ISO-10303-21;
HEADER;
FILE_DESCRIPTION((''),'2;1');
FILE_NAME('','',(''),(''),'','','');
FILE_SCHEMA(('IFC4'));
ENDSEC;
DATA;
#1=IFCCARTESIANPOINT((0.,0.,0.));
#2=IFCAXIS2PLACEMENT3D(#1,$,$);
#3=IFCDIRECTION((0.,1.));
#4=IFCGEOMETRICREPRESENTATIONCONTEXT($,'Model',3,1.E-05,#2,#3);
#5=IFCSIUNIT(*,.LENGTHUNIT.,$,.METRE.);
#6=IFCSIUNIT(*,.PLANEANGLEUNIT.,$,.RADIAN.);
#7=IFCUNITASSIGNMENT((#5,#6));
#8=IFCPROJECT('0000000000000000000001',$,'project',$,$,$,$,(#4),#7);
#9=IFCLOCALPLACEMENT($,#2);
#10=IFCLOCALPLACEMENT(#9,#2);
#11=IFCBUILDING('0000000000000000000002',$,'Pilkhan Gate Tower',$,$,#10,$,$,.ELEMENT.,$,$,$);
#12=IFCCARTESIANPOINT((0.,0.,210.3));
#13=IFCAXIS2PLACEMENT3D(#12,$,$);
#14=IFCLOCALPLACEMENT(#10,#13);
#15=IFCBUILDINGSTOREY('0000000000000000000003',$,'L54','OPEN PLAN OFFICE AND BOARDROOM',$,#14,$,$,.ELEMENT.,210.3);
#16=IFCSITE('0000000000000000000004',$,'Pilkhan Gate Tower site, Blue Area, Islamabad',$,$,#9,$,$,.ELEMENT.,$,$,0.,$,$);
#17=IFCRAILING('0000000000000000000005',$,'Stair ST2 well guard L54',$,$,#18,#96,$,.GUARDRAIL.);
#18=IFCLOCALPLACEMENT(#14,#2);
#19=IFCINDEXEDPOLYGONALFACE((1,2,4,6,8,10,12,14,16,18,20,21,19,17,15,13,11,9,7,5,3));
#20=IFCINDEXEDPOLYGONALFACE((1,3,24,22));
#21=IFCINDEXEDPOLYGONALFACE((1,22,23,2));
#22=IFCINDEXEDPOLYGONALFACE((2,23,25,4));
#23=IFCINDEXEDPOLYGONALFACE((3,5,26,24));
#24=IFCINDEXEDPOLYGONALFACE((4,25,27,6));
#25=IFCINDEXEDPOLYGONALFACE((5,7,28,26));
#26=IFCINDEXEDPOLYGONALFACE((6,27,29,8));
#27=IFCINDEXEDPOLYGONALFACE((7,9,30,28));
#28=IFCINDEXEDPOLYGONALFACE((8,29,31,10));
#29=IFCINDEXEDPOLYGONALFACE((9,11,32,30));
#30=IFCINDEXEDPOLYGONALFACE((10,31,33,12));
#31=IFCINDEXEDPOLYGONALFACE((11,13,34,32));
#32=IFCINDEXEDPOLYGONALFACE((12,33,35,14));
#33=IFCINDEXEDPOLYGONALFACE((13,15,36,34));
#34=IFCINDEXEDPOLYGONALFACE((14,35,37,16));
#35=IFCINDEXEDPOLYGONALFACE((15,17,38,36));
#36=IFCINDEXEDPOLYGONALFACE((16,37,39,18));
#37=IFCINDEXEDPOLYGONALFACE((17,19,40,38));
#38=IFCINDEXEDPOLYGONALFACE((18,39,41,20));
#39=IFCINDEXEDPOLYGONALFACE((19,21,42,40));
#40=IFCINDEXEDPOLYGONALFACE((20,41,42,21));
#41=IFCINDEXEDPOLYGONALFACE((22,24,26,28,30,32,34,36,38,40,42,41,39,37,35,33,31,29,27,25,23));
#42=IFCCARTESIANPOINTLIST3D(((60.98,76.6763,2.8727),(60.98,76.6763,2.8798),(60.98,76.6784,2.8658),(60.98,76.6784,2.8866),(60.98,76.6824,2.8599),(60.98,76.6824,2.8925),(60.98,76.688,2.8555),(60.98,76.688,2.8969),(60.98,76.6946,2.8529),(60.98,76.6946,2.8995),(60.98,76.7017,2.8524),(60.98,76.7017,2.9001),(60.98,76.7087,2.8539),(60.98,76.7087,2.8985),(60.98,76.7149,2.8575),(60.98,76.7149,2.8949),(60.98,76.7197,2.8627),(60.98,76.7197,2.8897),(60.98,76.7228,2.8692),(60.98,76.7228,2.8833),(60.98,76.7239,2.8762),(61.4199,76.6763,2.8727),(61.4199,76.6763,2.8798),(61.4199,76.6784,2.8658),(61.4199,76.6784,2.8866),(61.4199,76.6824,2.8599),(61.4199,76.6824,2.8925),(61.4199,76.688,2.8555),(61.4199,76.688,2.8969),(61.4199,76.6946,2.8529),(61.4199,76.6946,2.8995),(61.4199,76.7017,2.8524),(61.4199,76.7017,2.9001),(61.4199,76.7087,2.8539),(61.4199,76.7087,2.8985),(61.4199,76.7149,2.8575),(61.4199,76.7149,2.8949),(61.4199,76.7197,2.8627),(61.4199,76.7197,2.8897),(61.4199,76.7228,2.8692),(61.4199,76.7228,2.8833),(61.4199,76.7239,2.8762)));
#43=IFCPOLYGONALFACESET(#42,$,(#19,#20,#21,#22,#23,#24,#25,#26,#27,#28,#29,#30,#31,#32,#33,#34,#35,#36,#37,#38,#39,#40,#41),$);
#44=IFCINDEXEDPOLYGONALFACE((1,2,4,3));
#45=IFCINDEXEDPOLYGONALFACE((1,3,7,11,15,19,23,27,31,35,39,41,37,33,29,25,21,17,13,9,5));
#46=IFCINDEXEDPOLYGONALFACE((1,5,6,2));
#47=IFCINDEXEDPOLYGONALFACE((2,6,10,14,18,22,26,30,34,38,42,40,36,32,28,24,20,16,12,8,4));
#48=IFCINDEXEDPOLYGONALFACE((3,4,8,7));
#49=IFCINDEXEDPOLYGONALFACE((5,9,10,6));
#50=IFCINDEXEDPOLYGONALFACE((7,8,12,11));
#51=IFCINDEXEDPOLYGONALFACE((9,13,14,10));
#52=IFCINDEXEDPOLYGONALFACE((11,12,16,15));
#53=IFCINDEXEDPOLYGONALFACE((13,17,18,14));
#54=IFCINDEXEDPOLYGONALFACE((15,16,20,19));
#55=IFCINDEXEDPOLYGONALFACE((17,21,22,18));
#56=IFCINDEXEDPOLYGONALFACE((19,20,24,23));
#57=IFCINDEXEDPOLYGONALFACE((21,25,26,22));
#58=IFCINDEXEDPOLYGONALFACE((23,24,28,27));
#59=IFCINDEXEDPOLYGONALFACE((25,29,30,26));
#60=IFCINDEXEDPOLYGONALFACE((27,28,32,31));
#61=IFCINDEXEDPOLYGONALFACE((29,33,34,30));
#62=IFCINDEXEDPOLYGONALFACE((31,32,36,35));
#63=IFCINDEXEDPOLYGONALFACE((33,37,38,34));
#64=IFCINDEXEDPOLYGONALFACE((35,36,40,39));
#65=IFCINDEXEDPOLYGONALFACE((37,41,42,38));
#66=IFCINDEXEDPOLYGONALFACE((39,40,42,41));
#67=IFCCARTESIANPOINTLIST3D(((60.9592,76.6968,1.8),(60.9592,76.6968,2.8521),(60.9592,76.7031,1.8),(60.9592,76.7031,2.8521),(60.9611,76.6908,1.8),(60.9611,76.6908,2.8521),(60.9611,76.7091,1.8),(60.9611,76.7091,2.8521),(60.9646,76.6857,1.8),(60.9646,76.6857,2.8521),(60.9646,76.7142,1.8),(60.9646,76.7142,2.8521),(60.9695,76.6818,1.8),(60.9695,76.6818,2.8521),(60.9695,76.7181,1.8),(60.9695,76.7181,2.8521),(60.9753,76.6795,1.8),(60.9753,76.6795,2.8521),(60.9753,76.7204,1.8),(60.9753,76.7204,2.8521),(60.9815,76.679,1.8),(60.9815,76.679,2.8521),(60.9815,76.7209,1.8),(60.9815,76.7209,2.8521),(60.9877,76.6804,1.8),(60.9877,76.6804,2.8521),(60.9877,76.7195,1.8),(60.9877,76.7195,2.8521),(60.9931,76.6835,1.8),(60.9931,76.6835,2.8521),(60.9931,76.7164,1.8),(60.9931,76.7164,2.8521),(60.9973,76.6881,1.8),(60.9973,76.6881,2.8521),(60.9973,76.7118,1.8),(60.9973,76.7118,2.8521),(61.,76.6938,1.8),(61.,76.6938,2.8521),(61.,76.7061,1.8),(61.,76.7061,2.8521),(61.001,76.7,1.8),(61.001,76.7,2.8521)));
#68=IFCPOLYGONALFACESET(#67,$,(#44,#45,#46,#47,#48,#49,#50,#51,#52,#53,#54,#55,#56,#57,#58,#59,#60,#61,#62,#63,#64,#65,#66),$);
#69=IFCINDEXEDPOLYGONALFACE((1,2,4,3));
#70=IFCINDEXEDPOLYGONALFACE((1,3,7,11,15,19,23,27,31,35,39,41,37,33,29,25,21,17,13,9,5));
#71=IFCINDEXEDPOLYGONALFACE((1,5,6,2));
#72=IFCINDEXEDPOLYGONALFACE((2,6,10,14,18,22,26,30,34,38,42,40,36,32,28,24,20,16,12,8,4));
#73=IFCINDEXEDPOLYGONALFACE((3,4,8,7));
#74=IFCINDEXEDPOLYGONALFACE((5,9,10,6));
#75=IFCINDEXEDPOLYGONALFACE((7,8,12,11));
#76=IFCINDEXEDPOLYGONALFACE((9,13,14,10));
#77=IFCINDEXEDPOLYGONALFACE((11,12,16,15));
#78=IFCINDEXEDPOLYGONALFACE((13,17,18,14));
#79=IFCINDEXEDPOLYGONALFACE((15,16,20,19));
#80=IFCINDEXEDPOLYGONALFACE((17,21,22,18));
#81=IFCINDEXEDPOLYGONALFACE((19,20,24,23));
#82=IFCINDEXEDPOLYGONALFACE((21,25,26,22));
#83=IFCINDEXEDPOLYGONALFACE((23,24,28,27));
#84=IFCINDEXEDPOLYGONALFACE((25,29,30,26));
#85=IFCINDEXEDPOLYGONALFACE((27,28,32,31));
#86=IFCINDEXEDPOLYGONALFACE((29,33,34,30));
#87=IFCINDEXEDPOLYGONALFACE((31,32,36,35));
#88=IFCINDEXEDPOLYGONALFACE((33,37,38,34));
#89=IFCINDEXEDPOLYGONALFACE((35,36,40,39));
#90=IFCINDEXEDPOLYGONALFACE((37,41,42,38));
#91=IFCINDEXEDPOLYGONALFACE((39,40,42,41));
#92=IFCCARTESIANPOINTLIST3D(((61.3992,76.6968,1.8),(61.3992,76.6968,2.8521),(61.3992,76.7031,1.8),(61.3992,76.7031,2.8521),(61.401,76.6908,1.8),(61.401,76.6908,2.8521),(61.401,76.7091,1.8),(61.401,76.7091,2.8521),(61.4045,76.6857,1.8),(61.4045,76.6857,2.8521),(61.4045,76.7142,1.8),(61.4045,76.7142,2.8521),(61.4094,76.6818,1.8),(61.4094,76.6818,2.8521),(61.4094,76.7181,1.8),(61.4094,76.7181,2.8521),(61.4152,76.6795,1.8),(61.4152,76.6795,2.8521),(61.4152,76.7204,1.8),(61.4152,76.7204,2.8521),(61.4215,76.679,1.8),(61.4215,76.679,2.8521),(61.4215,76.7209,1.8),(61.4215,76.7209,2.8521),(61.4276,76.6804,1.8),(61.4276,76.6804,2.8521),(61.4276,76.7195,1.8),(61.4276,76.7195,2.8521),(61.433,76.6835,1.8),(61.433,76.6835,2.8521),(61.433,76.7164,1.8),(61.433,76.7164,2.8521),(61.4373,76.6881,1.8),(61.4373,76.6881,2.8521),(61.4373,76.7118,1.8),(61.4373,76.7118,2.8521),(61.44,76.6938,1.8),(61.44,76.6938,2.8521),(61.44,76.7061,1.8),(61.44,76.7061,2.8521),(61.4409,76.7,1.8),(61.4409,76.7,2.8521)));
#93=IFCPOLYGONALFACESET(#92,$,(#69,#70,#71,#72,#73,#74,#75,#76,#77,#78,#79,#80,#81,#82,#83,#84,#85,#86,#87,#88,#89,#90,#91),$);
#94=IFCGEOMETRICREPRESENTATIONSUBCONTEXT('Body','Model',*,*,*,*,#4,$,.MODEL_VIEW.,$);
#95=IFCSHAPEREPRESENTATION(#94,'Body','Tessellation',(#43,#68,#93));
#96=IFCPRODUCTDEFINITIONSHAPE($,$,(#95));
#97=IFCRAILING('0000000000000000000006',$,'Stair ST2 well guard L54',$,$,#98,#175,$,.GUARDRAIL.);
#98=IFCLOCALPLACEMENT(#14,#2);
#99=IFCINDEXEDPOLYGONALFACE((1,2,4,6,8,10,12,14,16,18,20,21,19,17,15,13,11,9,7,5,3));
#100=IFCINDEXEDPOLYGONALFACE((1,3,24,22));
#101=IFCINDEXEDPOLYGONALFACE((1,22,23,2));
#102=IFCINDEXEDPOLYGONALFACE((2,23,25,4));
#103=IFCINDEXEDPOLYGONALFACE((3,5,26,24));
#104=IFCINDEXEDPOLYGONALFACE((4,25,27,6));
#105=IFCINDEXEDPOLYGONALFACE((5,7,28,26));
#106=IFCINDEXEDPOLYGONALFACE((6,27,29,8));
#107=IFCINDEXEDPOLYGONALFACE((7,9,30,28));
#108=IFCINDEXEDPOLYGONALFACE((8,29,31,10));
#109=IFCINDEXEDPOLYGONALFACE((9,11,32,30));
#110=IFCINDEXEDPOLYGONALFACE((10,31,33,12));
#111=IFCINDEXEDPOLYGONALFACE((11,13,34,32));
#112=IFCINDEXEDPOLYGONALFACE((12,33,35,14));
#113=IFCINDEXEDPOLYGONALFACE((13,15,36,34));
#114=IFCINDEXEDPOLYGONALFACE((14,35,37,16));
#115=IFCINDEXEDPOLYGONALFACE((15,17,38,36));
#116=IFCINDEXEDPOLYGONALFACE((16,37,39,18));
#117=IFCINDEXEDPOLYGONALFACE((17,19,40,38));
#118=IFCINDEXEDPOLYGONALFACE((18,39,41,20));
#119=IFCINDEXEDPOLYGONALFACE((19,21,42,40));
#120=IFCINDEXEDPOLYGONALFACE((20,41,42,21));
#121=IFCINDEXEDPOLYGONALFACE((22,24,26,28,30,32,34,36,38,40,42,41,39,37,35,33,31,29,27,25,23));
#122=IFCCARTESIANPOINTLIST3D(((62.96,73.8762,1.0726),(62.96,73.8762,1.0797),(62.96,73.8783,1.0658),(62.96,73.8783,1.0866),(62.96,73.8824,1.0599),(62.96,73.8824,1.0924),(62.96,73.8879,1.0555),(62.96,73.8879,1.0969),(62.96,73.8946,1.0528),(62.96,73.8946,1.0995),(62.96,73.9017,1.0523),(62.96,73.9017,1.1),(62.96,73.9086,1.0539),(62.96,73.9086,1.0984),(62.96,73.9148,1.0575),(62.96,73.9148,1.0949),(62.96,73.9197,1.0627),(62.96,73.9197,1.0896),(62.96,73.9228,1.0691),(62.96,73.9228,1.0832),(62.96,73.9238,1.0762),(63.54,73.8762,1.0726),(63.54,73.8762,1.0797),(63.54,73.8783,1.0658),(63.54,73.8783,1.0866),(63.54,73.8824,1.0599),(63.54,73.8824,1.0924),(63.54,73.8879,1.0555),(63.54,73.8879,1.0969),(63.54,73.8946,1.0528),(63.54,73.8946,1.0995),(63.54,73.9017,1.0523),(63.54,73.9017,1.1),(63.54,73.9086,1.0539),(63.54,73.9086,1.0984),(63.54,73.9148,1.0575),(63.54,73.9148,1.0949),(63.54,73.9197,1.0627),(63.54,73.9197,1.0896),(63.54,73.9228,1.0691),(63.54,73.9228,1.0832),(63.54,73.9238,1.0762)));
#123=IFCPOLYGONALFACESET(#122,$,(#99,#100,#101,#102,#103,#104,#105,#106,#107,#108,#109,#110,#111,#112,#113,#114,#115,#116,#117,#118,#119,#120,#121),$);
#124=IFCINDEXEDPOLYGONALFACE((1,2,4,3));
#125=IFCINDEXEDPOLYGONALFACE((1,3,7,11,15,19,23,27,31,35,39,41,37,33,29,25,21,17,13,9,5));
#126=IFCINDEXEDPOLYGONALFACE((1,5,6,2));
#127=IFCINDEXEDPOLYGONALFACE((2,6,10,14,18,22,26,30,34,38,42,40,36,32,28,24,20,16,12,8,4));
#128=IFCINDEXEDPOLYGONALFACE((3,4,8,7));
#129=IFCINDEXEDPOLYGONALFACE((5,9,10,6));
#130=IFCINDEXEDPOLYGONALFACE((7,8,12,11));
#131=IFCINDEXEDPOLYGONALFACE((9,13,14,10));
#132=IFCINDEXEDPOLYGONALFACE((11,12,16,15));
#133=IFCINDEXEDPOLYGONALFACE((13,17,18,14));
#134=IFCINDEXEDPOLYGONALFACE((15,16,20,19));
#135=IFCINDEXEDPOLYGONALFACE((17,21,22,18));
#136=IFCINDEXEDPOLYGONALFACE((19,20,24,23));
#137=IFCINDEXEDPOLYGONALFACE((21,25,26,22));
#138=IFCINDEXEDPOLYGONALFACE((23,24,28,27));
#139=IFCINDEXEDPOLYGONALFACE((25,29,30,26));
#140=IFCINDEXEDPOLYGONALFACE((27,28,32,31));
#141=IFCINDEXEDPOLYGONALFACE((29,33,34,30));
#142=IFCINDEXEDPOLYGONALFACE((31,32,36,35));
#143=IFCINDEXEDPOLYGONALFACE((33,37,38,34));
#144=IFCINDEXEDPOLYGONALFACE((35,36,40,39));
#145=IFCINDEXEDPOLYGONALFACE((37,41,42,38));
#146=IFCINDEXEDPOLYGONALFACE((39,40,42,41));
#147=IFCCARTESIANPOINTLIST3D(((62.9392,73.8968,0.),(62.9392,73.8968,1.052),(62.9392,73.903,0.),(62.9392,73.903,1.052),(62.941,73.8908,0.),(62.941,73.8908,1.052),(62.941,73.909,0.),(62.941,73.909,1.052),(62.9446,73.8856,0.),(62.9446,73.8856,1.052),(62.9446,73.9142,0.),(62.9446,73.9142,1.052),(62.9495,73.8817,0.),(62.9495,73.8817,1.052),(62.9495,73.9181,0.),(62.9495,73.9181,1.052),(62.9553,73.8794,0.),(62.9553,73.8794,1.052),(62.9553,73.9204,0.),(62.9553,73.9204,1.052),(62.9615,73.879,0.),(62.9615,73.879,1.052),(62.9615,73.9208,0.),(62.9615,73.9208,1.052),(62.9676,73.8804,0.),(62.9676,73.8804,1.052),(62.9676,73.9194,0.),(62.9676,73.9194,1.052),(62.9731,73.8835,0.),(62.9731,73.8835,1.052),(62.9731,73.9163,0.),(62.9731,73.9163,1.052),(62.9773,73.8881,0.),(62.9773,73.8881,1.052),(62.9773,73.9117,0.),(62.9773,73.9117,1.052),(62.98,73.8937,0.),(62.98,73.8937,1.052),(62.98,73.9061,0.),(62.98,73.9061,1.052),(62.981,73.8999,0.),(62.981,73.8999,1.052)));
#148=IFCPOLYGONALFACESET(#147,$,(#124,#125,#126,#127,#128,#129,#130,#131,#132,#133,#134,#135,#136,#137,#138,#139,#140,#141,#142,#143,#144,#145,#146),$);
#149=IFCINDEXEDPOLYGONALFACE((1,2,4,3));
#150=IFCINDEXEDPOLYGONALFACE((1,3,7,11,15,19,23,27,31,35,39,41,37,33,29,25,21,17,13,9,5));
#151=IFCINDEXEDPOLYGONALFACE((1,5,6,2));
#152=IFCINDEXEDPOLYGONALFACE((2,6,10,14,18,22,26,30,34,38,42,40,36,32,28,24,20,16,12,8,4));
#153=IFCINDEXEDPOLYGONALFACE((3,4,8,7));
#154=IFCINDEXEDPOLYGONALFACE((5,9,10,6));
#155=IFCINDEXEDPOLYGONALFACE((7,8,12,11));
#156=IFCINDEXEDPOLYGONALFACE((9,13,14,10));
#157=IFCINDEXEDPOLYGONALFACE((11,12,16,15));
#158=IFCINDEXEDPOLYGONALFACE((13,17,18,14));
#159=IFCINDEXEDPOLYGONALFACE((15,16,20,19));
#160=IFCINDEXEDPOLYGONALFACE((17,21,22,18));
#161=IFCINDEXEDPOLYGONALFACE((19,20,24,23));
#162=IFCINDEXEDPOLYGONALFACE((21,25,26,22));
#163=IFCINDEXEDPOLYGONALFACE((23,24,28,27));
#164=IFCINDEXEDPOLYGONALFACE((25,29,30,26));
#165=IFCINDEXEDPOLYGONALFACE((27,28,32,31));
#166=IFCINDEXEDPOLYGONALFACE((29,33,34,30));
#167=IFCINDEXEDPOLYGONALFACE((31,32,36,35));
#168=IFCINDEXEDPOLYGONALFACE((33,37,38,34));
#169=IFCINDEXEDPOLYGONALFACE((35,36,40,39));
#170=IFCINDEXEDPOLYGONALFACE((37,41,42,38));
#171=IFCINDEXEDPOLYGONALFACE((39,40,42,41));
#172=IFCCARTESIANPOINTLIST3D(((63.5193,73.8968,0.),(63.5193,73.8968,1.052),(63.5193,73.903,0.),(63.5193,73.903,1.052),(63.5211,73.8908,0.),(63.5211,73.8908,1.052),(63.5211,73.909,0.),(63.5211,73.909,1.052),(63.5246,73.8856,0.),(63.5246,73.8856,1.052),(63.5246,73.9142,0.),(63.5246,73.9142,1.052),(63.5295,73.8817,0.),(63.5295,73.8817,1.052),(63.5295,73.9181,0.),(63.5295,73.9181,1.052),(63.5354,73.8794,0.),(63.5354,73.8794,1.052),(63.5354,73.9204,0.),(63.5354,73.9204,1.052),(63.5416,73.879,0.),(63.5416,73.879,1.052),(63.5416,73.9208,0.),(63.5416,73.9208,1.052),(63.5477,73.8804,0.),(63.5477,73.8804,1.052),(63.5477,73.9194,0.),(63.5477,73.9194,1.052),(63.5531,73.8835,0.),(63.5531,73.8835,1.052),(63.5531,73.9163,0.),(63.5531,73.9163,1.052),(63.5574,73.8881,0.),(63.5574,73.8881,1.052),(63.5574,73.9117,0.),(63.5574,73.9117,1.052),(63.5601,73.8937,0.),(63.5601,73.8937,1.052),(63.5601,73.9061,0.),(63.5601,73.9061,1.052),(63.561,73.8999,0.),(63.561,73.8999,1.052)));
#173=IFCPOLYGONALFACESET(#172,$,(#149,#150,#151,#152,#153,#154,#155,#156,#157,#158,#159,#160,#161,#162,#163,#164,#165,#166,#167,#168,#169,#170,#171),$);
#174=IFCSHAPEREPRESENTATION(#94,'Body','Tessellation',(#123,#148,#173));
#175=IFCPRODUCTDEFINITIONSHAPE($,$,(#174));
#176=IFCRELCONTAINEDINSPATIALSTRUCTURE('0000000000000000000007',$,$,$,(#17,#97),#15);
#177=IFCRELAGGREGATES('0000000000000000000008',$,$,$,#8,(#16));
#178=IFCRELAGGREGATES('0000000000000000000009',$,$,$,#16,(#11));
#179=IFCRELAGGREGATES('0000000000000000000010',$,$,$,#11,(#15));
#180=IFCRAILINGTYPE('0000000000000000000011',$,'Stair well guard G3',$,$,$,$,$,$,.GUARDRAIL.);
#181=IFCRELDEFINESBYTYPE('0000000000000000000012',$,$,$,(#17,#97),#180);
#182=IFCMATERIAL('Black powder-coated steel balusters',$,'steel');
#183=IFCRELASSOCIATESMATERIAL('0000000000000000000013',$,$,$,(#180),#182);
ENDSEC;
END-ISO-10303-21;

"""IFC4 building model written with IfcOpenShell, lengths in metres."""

from ifc_helpers import new_model, si_unit, direction, frame, origin, origin_2d, place, context, subcontext, project, spatial, circle, extrude, material, type_object, element, save


model = new_model("IFC4")

# Units and contexts
model_context = context("Model", 3, precision=1e-05, world=origin(), true_north=direction((0.0, 1.0)))
body_context = subcontext(model_context, "Body", "Model", "MODEL_VIEW")
ifc_project = project(units=[si_unit("LENGTHUNIT", "METRE"), si_unit("PLANEANGLEUNIT", "RADIAN")], contexts=[model_context])

# Site, building, storey
site_placement = place(None, origin())
site = spatial("IfcSite", under=ifc_project, at=site_placement, Name="Pilkhan Gate Tower site, Blue Area, Islamabad", CompositionType="ELEMENT", RefElevation=0.0)
building_placement = place(site_placement, origin())
building = spatial("IfcBuilding", under=site, at=building_placement, Name="Pilkhan Gate Tower", CompositionType="ELEMENT")
storey_placement = place(building_placement, frame((0.0, 0.0, 210.3)))
storey = spatial("IfcBuildingStorey", under=building, at=storey_placement, Name="L54", Description="OPEN PLAN OFFICE AND BOARDROOM", CompositionType="ELEMENT", Elevation=210.3)

# Railings
ifc_material_1 = material(Name="Black powder-coated steel balusters", Category="steel")
railing_type_1 = type_object("IfcRailingType", Name="Stair well guard G3", PredefinedType="GUARDRAIL", material=ifc_material_1)
railing_placement = place(storey_placement, frame((60.98, 76.7, 1.8)))
element("IfcRailing", 1, at=railing_placement, inside=storey, type_object=railing_type_1, Name="Stair ST2 well guard L54", PredefinedType="GUARDRAIL", context=body_context, shape_type="SweptSolid", body=[
    extrude(circle(Radius=0.0239, at=origin_2d()), frame((0.0, 0.0, 1.0762), z_axis=(1.0, 0.0, 0.0), x_axis=(0.0, 1.0, 0.0)), (0.0, 0.0, 1.0), 0.4399),
    extrude(circle(Radius=0.021, at=origin_2d()), origin(), (0.0, 0.0, 1.0), 1.052),
    extrude(circle(Radius=0.021, at=origin_2d()), frame((0.4399, 0.0, 0.0)), (0.0, 0.0, 1.0), 1.052),
])
for number, where, name in (
    (2, (62.96, 73.8999, 0.0), "Stair ST2 well guard L54"),
):
    element("IfcRailing", number, at=place(storey_placement, frame(where)), inside=storey, type_object=railing_type_1, Name=name, PredefinedType="GUARDRAIL", context=body_context, shape_type="SweptSolid", body=[
        extrude(circle(Radius=0.0239, at=origin_2d()), frame((0.0, 0.0, 1.0762), z_axis=(1.0, 0.0, 0.0), x_axis=(0.0, 1.0, 0.0)), (0.0, 0.0, 1.0), 0.5801),
        extrude(circle(Radius=0.021, at=origin_2d()), origin(), (0.0, 0.0, 1.0), 1.052),
        extrude(circle(Radius=0.021, at=origin_2d()), frame((0.5801, 0.0, 0.0)), (0.0, 0.0, 1.0), 1.052),
    ])

save(model, "model.ifc")
